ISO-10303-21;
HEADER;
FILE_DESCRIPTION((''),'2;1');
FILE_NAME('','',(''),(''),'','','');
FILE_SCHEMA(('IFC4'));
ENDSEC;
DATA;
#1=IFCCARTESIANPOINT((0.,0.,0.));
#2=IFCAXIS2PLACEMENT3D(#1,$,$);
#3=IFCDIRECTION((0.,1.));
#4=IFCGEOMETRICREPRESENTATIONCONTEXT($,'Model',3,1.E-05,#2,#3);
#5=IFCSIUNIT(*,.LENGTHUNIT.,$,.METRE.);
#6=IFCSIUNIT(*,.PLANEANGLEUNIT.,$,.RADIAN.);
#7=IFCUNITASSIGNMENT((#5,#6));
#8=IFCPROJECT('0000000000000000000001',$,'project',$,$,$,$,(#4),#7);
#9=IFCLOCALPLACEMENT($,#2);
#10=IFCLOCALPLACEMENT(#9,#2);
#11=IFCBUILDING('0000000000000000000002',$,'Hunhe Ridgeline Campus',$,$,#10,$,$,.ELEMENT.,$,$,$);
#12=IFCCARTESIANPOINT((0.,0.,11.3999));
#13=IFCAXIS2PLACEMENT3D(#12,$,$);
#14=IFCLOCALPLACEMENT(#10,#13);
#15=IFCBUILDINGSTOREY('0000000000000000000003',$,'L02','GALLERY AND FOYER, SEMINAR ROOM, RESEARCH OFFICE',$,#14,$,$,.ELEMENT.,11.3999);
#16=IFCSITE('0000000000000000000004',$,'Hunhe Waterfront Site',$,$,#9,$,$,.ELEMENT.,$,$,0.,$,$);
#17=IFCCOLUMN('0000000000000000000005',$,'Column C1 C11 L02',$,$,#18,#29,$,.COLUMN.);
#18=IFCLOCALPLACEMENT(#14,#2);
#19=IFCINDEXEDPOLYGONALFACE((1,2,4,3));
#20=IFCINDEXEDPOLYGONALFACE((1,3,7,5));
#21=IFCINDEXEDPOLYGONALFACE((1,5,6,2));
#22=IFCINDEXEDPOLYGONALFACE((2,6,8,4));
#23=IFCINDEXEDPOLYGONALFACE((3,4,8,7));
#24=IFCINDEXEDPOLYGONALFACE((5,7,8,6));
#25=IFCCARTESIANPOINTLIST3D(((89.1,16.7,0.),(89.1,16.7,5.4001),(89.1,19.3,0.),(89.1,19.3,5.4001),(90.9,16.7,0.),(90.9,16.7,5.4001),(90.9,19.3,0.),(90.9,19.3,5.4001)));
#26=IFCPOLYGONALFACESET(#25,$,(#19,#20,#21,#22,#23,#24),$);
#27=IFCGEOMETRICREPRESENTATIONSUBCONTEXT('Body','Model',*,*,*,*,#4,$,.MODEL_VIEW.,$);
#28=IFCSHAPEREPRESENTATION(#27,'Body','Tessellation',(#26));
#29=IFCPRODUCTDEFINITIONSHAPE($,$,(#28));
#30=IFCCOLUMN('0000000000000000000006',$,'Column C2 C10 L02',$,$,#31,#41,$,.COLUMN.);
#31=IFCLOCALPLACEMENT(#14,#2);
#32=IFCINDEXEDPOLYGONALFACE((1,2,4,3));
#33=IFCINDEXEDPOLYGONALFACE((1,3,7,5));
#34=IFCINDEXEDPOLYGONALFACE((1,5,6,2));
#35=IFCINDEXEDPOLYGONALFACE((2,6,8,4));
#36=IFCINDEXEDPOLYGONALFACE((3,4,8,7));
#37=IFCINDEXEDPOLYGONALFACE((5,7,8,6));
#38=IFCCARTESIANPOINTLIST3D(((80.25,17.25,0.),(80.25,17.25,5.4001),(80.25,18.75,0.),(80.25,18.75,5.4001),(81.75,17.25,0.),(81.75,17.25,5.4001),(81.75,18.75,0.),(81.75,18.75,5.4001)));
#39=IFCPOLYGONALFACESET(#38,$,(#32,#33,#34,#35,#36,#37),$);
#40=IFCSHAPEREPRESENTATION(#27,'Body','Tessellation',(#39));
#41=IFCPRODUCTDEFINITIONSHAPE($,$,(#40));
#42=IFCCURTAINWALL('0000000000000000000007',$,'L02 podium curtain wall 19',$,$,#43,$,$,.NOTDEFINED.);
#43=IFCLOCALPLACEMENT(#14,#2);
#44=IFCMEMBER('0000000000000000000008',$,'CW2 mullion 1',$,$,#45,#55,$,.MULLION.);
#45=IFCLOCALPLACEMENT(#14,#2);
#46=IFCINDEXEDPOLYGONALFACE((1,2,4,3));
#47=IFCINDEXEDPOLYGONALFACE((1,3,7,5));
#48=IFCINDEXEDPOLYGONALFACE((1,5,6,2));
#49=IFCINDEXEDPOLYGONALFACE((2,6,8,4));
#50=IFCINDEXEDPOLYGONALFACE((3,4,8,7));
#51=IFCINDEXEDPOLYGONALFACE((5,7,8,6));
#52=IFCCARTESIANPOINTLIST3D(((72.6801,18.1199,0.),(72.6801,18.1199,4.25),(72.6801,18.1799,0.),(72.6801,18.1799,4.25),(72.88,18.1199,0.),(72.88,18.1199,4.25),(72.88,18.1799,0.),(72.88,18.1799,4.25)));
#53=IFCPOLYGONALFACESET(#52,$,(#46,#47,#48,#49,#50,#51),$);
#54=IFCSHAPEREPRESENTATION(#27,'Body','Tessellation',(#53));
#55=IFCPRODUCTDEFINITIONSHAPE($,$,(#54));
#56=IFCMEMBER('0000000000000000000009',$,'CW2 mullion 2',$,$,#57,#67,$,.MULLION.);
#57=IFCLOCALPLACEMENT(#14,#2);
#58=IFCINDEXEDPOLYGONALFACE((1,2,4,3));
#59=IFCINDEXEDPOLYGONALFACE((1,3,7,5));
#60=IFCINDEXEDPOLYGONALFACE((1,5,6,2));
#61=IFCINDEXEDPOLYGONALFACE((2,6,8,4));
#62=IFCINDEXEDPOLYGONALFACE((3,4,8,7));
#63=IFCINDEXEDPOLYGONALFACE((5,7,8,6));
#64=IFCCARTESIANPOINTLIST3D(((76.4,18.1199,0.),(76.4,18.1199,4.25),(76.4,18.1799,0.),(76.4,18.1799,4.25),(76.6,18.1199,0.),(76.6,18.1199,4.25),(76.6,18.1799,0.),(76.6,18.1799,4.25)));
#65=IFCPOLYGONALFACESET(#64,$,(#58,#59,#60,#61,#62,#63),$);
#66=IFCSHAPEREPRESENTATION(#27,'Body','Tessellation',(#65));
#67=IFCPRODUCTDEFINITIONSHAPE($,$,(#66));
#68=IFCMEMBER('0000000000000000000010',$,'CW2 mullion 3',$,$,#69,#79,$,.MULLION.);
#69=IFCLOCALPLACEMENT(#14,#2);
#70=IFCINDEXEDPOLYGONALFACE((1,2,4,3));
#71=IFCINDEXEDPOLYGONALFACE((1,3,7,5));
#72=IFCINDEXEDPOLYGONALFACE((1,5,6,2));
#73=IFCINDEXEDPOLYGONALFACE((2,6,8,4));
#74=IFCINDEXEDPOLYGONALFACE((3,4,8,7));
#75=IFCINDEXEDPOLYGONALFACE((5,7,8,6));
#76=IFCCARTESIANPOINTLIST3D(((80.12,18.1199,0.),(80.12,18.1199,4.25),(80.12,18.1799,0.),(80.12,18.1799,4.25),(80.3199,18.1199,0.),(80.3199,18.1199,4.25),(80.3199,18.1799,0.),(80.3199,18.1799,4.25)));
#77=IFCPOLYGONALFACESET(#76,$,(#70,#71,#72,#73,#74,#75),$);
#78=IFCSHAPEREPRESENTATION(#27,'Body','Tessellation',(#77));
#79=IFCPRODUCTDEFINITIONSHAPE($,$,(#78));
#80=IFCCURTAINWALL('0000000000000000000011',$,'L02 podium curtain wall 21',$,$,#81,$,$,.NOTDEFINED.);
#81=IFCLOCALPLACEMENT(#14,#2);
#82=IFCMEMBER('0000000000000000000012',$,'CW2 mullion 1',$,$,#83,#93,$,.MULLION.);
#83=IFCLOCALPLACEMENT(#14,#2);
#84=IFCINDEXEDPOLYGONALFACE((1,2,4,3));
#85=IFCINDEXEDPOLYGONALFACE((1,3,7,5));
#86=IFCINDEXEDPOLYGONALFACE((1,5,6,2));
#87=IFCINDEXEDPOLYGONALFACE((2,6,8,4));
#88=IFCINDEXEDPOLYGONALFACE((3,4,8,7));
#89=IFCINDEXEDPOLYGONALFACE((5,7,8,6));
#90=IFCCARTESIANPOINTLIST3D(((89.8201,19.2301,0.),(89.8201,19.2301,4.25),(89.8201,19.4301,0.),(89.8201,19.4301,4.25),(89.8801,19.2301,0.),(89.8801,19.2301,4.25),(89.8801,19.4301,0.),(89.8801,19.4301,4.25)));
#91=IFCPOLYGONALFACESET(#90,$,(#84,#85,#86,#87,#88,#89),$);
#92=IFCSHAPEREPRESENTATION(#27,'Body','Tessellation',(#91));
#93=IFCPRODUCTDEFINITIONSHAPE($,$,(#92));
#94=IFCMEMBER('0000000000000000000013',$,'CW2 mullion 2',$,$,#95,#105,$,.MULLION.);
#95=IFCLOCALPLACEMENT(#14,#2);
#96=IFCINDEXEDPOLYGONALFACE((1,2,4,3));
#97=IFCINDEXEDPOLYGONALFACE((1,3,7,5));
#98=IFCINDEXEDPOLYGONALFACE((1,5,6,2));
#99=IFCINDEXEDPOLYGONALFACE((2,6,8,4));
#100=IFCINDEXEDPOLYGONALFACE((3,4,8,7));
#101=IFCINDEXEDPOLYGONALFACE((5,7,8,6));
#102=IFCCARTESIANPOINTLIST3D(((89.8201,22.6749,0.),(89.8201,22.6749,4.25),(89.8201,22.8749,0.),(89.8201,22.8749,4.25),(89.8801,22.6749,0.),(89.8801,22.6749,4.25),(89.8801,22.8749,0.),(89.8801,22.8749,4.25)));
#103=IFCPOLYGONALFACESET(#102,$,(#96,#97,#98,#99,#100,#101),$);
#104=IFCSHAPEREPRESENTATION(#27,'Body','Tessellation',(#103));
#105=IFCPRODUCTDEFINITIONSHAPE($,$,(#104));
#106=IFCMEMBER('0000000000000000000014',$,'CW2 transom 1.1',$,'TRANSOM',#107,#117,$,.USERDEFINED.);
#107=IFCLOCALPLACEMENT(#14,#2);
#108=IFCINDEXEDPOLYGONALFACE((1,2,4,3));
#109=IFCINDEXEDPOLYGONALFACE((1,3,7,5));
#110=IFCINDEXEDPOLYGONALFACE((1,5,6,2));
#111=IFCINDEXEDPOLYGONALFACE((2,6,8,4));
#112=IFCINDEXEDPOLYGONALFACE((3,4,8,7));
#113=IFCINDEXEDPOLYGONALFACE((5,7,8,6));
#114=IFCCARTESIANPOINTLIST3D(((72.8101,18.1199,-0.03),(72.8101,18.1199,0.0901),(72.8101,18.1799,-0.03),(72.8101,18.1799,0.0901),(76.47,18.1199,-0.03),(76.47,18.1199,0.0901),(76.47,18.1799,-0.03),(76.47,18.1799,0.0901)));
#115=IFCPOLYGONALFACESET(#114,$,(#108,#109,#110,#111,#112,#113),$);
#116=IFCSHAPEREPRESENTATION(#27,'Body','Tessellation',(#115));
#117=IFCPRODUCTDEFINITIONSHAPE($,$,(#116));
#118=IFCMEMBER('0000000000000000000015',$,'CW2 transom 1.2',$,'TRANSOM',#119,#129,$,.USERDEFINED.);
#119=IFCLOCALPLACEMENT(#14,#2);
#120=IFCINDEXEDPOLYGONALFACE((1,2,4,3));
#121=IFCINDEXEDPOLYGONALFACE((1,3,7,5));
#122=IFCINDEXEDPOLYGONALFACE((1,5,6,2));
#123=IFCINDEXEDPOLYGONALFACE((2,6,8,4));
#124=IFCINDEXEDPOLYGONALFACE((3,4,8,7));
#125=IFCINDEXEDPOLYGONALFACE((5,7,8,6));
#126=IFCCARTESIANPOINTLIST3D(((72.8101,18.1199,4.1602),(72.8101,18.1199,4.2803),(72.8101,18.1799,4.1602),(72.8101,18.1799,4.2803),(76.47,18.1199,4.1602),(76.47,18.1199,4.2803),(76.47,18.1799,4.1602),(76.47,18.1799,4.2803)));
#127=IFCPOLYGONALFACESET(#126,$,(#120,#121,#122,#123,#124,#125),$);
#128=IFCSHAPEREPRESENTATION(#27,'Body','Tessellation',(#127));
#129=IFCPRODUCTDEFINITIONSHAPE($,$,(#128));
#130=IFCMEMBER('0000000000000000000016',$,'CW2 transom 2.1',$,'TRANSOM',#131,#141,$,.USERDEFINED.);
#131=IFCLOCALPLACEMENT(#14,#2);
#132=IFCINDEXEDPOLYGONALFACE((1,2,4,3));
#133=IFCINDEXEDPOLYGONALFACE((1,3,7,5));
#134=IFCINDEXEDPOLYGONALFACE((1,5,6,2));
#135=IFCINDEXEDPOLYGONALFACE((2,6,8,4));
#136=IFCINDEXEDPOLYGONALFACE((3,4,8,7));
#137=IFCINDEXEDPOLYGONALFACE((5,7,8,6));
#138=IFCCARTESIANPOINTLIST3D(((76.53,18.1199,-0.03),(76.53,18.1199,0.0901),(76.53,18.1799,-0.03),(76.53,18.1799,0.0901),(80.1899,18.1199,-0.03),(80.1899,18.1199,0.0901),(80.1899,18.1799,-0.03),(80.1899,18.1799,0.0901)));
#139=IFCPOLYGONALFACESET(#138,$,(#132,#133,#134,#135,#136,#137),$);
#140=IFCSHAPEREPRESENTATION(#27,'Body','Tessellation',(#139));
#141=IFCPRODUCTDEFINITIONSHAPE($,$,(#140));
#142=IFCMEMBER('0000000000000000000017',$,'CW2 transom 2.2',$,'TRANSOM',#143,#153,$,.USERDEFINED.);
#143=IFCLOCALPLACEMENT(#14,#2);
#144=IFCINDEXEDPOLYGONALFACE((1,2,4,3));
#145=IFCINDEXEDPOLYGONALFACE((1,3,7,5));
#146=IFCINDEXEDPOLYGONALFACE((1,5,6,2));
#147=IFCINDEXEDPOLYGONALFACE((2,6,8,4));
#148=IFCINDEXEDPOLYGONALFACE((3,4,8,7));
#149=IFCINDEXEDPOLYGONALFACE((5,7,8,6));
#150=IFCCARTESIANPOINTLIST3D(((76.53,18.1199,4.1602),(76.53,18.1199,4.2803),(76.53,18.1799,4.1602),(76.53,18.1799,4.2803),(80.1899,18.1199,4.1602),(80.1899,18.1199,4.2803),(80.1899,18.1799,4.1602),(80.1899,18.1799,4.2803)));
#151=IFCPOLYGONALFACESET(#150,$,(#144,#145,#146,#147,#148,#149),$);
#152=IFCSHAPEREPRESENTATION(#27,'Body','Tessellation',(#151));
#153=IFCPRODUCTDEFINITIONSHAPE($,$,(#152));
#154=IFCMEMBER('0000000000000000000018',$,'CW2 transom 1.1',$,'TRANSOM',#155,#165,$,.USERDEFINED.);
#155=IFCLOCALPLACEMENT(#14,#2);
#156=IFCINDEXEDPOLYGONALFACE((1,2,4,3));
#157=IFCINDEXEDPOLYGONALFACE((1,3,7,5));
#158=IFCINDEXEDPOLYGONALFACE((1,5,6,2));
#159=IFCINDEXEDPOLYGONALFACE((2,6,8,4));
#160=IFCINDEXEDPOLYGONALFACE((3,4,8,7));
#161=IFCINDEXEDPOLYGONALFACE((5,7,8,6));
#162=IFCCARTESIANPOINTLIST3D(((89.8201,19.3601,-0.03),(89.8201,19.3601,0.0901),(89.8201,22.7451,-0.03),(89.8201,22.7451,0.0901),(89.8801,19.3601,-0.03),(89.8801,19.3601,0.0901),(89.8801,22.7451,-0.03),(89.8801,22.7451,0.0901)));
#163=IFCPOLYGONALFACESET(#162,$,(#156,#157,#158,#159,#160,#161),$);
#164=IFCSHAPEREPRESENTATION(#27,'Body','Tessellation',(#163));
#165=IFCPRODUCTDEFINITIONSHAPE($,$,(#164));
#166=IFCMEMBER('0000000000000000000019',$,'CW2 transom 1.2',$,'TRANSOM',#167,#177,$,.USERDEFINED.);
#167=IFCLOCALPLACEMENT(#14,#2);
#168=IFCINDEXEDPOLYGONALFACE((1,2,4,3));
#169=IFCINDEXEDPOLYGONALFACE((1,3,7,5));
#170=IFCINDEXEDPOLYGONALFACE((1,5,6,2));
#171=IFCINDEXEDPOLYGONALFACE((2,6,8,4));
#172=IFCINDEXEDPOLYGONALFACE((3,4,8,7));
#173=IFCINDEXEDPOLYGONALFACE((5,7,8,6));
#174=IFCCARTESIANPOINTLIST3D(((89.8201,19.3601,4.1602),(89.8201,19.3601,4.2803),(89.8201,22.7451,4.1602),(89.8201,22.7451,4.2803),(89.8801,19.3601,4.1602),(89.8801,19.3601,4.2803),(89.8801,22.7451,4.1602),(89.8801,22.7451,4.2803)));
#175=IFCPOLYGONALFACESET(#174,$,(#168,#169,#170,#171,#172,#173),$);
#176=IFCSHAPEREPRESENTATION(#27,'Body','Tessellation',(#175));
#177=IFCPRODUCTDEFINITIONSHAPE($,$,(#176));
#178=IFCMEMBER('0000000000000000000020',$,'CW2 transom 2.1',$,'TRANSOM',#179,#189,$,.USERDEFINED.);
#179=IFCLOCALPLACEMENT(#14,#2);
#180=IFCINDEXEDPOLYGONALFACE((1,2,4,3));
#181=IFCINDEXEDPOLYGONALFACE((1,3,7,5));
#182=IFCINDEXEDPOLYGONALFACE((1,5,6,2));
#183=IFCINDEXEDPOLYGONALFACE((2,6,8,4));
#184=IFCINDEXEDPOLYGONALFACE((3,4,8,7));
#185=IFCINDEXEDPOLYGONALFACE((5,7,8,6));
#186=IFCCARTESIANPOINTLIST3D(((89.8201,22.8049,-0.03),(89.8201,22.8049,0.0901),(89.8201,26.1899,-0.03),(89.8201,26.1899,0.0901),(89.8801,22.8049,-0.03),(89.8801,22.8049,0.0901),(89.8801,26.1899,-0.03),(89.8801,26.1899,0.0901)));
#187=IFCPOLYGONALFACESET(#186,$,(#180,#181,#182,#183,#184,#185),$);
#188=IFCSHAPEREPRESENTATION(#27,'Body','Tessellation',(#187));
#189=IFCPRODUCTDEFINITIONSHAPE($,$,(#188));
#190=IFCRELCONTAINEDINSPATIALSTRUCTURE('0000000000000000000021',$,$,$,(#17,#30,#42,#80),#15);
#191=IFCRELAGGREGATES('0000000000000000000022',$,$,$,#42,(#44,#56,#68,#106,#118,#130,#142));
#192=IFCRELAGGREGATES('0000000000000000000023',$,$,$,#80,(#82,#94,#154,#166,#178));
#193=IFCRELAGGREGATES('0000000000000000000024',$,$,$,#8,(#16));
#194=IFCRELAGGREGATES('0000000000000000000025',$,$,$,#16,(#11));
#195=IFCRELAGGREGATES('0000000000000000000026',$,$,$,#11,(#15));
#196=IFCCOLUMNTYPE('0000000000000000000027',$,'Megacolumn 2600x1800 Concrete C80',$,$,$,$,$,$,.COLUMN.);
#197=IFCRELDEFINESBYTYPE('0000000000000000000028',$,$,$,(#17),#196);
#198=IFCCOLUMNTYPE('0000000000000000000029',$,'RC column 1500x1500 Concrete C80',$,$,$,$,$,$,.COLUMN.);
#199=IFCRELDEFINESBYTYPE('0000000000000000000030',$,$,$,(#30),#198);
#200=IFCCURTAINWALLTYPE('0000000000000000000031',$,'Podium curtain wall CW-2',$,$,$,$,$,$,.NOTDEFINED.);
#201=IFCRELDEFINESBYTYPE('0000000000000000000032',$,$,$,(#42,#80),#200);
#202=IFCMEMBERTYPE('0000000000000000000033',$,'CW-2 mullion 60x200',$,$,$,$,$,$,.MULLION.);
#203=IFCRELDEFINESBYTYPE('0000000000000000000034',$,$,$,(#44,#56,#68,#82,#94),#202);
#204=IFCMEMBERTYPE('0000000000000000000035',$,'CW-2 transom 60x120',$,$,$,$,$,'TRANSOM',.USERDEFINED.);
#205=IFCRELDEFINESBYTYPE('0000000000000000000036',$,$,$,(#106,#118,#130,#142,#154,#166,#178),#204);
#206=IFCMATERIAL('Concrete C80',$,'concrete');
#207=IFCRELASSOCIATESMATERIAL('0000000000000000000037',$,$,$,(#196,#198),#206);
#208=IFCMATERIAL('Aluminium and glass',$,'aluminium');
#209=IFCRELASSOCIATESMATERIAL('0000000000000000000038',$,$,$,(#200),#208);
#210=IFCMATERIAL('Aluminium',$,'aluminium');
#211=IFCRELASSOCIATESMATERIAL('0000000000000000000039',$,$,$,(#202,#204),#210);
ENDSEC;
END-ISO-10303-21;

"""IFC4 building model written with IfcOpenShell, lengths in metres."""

from ifc_helpers import new_model, si_unit, direction, frame, origin, origin_2d, place, context, subcontext, project, spatial, rectangle, extrude, material, material_profile, profile_set, type_object, element, aggregate, save


model = new_model("IFC4")

# Units and contexts
model_context = context("Model", 3, precision=1e-05, world=origin(), true_north=direction((0.0, 1.0)))
body_context = subcontext(model_context, "Body", "Model", "MODEL_VIEW")
ifc_project = project(units=[si_unit("LENGTHUNIT", "METRE"), si_unit("PLANEANGLEUNIT", "RADIAN")], contexts=[model_context])

# Site, building, storey
site_placement = place(None, origin())
site = spatial("IfcSite", under=ifc_project, at=site_placement, Name="Hunhe Waterfront Site", CompositionType="ELEMENT", RefElevation=0.0)
building_placement = place(site_placement, origin())
building = spatial("IfcBuilding", under=site, at=building_placement, Name="Hunhe Ridgeline Campus", CompositionType="ELEMENT")
storey_placement = place(building_placement, frame((0.0, 0.0, 11.3999)))
storey = spatial("IfcBuildingStorey", under=building, at=storey_placement, Name="L02", Description="GALLERY AND FOYER, SEMINAR ROOM, RESEARCH OFFICE", CompositionType="ELEMENT", Elevation=11.3999)

# Columns
ifc_material_1 = material(Name="Concrete C80", Category="concrete")
ifc_material_profile_1 = material_profile(ifc_material_1, rectangle(XDim=2.6001, YDim=1.8, at=origin_2d()))
ifc_profile_set_1 = profile_set([ifc_material_profile_1], Name="Concrete C80")
column_type_1 = type_object("IfcColumnType", Name="Megacolumn 2600x1800 Concrete C80", PredefinedType="COLUMN", material=ifc_profile_set_1)
column_1_placement = place(storey_placement, frame((90.0, 18.0, 0.0), z_axis=(0.0, 0.0, 1.0), x_axis=(0.0, 1.0, 0.0)))
element("IfcColumn", 1, at=column_1_placement, inside=storey, type_object=column_type_1, Name="Column C1 C11 L02", PredefinedType="COLUMN", context=body_context, shape_type="SweptSolid", body=[
    extrude(rectangle(XDim=2.6001, YDim=1.8, at=origin_2d()), origin(), (0.0, 0.0, 1.0), 5.4001),
])
ifc_material_profile_2 = material_profile(ifc_material_1, rectangle(XDim=1.5, YDim=1.5, at=origin_2d()))
ifc_profile_set_2 = profile_set([ifc_material_profile_2], Name="Concrete C80")
column_type_2 = type_object("IfcColumnType", Name="RC column 1500x1500 Concrete C80", PredefinedType="COLUMN", material=ifc_profile_set_2)
column_2_placement = place(storey_placement, frame((81.0, 18.0, 0.0), z_axis=(0.0, 0.0, 1.0), x_axis=(1.0, 0.0, 0.0)))
element("IfcColumn", 2, at=column_2_placement, inside=storey, type_object=column_type_2, Name="Column C2 C10 L02", PredefinedType="COLUMN", context=body_context, shape_type="SweptSolid", body=[
    extrude(rectangle(XDim=1.5, YDim=1.5, at=origin_2d()), origin(), (0.0, 0.0, 1.0), 5.4001),
])

# Curtain walls, members
ifc_material_2 = material(Name="Aluminium and glass", Category="aluminium")
curtain_wall_type = type_object("IfcCurtainWallType", Name="Podium curtain wall CW-2", PredefinedType="NOTDEFINED", material=ifc_material_2)
curtain_wall_1_placement = place(storey_placement, origin())
curtain_wall_1 = element("IfcCurtainWall", 3, at=curtain_wall_1_placement, inside=storey, type_object=curtain_wall_type, Name="L02 podium curtain wall 19", PredefinedType="NOTDEFINED")
ifc_material_3 = material(Name="Aluminium", Category="aluminium")
ifc_material_profile_3 = material_profile(ifc_material_3, rectangle(XDim=0.0601, YDim=0.2, at=origin_2d()))
ifc_profile_set_3 = profile_set([ifc_material_profile_3], Name="Aluminium")
member_type_1 = type_object("IfcMemberType", Name="CW-2 mullion 60x200", PredefinedType="MULLION", material=ifc_profile_set_3)
member_1_placement = place(storey_placement, frame((72.78, 18.1499, 0.0), z_axis=(0.0, 0.0, 1.0), x_axis=(0.0, 1.0, 0.0)))
member_1 = element("IfcMember", 4, at=member_1_placement, type_object=member_type_1, Name="CW2 mullion 1", PredefinedType="MULLION", context=body_context, shape_type="SweptSolid", body=[
    extrude(rectangle(XDim=0.0601, YDim=0.2, at=origin_2d()), origin(), (0.0, 0.0, 1.0), 4.25),
])
member_2_placement = place(storey_placement, frame((76.5, 18.1499, 0.0), z_axis=(0.0, 0.0, 1.0), x_axis=(0.0, 1.0, 0.0)))
member_2 = element("IfcMember", 5, at=member_2_placement, type_object=member_type_1, Name="CW2 mullion 2", PredefinedType="MULLION", context=body_context, shape_type="SweptSolid", body=[
    extrude(rectangle(XDim=0.0601, YDim=0.2, at=origin_2d()), origin(), (0.0, 0.0, 1.0), 4.25),
])
member_3_placement = place(storey_placement, frame((80.22, 18.1499, 0.0), z_axis=(0.0, 0.0, 1.0), x_axis=(0.0, 1.0, 0.0)))
member_3 = element("IfcMember", 6, at=member_3_placement, type_object=member_type_1, Name="CW2 mullion 3", PredefinedType="MULLION", context=body_context, shape_type="SweptSolid", body=[
    extrude(rectangle(XDim=0.0601, YDim=0.2, at=origin_2d()), origin(), (0.0, 0.0, 1.0), 4.25),
])
curtain_wall_2_placement = place(storey_placement, origin())
curtain_wall_2 = element("IfcCurtainWall", 7, at=curtain_wall_2_placement, inside=storey, type_object=curtain_wall_type, Name="L02 podium curtain wall 21", PredefinedType="NOTDEFINED")
member_4_placement = place(storey_placement, frame((89.8501, 19.3301, 0.0), z_axis=(0.0, 0.0, 1.0), x_axis=(-1.0, 0.0, 0.0)))
member_4 = element("IfcMember", 8, at=member_4_placement, type_object=member_type_1, Name="CW2 mullion 1", PredefinedType="MULLION", context=body_context, shape_type="SweptSolid", body=[
    extrude(rectangle(XDim=0.0601, YDim=0.2, at=origin_2d()), origin(), (0.0, 0.0, 1.0), 4.25),
])
member_5_placement = place(storey_placement, frame((89.8501, 22.7749, 0.0), z_axis=(0.0, 0.0, 1.0), x_axis=(-1.0, 0.0, 0.0)))
member_5 = element("IfcMember", 9, at=member_5_placement, type_object=member_type_1, Name="CW2 mullion 2", PredefinedType="MULLION", context=body_context, shape_type="SweptSolid", body=[
    extrude(rectangle(XDim=0.0601, YDim=0.2, at=origin_2d()), origin(), (0.0, 0.0, 1.0), 4.25),
])

# Members
ifc_material_profile_4 = material_profile(ifc_material_3, rectangle(XDim=0.0601, YDim=0.1201, at=origin_2d()))
ifc_profile_set_4 = profile_set([ifc_material_profile_4], Name="Aluminium")
member_type_2 = type_object("IfcMemberType", Name="CW-2 transom 60x120", ElementType="TRANSOM", PredefinedType="USERDEFINED", material=ifc_profile_set_4)
member_6_placement = place(storey_placement, frame((72.8101, 18.1499, 0.03), z_axis=(1.0, 0.0, 0.0), x_axis=(0.0, 1.0, 0.0)))
member_6 = element("IfcMember", 10, at=member_6_placement, type_object=member_type_2, Name="CW2 transom 1.1", ObjectType="TRANSOM", PredefinedType="USERDEFINED", context=body_context, shape_type="SweptSolid", body=[
    extrude(rectangle(XDim=0.0601, YDim=0.1201, at=origin_2d()), origin(), (0.0, 0.0, 1.0), 3.6599),
])
member_7_placement = place(storey_placement, frame((72.8101, 18.1499, 4.2202), z_axis=(1.0, 0.0, 0.0), x_axis=(0.0, 1.0, 0.0)))
member_7 = element("IfcMember", 11, at=member_7_placement, type_object=member_type_2, Name="CW2 transom 1.2", ObjectType="TRANSOM", PredefinedType="USERDEFINED", context=body_context, shape_type="SweptSolid", body=[
    extrude(rectangle(XDim=0.0601, YDim=0.1201, at=origin_2d()), origin(), (0.0, 0.0, 1.0), 3.6599),
])
member_8_placement = place(storey_placement, frame((76.53, 18.1499, 0.03), z_axis=(1.0, 0.0, 0.0), x_axis=(0.0, 1.0, 0.0)))
member_8 = element("IfcMember", 12, at=member_8_placement, type_object=member_type_2, Name="CW2 transom 2.1", ObjectType="TRANSOM", PredefinedType="USERDEFINED", context=body_context, shape_type="SweptSolid", body=[
    extrude(rectangle(XDim=0.0601, YDim=0.1201, at=origin_2d()), origin(), (0.0, 0.0, 1.0), 3.6599),
])
member_9_placement = place(storey_placement, frame((76.53, 18.1499, 4.2202), z_axis=(1.0, 0.0, 0.0), x_axis=(0.0, 1.0, 0.0)))
member_9 = element("IfcMember", 13, at=member_9_placement, type_object=member_type_2, Name="CW2 transom 2.2", ObjectType="TRANSOM", PredefinedType="USERDEFINED", context=body_context, shape_type="SweptSolid", body=[
    extrude(rectangle(XDim=0.0601, YDim=0.1201, at=origin_2d()), origin(), (0.0, 0.0, 1.0), 3.6599),
])
member_10_placement = place(storey_placement, frame((89.8501, 19.3601, 0.03), z_axis=(0.0, 1.0, 0.0), x_axis=(-1.0, 0.0, 0.0)))
member_10 = element("IfcMember", 14, at=member_10_placement, type_object=member_type_2, Name="CW2 transom 1.1", ObjectType="TRANSOM", PredefinedType="USERDEFINED", context=body_context, shape_type="SweptSolid", body=[
    extrude(rectangle(XDim=0.0601, YDim=0.1201, at=origin_2d()), origin(), (0.0, 0.0, 1.0), 3.385),
])
member_11_placement = place(storey_placement, frame((89.8501, 19.3601, 4.2202), z_axis=(0.0, 1.0, 0.0), x_axis=(-1.0, 0.0, 0.0)))
member_11 = element("IfcMember", 15, at=member_11_placement, type_object=member_type_2, Name="CW2 transom 1.2", ObjectType="TRANSOM", PredefinedType="USERDEFINED", context=body_context, shape_type="SweptSolid", body=[
    extrude(rectangle(XDim=0.0601, YDim=0.1201, at=origin_2d()), origin(), (0.0, 0.0, 1.0), 3.385),
])
member_12_placement = place(storey_placement, frame((89.8501, 22.8049, 0.03), z_axis=(0.0, 1.0, 0.0), x_axis=(-1.0, 0.0, 0.0)))
member_12 = element("IfcMember", 16, at=member_12_placement, type_object=member_type_2, Name="CW2 transom 2.1", ObjectType="TRANSOM", PredefinedType="USERDEFINED", context=body_context, shape_type="SweptSolid", body=[
    extrude(rectangle(XDim=0.0601, YDim=0.1201, at=origin_2d()), origin(), (0.0, 0.0, 1.0), 3.385),
])

aggregate(curtain_wall_1, [member_1, member_2, member_3, member_6, member_7, member_8, member_9])
aggregate(curtain_wall_2, [member_4, member_5, member_10, member_11, member_12])

save(model, "model.ifc")
